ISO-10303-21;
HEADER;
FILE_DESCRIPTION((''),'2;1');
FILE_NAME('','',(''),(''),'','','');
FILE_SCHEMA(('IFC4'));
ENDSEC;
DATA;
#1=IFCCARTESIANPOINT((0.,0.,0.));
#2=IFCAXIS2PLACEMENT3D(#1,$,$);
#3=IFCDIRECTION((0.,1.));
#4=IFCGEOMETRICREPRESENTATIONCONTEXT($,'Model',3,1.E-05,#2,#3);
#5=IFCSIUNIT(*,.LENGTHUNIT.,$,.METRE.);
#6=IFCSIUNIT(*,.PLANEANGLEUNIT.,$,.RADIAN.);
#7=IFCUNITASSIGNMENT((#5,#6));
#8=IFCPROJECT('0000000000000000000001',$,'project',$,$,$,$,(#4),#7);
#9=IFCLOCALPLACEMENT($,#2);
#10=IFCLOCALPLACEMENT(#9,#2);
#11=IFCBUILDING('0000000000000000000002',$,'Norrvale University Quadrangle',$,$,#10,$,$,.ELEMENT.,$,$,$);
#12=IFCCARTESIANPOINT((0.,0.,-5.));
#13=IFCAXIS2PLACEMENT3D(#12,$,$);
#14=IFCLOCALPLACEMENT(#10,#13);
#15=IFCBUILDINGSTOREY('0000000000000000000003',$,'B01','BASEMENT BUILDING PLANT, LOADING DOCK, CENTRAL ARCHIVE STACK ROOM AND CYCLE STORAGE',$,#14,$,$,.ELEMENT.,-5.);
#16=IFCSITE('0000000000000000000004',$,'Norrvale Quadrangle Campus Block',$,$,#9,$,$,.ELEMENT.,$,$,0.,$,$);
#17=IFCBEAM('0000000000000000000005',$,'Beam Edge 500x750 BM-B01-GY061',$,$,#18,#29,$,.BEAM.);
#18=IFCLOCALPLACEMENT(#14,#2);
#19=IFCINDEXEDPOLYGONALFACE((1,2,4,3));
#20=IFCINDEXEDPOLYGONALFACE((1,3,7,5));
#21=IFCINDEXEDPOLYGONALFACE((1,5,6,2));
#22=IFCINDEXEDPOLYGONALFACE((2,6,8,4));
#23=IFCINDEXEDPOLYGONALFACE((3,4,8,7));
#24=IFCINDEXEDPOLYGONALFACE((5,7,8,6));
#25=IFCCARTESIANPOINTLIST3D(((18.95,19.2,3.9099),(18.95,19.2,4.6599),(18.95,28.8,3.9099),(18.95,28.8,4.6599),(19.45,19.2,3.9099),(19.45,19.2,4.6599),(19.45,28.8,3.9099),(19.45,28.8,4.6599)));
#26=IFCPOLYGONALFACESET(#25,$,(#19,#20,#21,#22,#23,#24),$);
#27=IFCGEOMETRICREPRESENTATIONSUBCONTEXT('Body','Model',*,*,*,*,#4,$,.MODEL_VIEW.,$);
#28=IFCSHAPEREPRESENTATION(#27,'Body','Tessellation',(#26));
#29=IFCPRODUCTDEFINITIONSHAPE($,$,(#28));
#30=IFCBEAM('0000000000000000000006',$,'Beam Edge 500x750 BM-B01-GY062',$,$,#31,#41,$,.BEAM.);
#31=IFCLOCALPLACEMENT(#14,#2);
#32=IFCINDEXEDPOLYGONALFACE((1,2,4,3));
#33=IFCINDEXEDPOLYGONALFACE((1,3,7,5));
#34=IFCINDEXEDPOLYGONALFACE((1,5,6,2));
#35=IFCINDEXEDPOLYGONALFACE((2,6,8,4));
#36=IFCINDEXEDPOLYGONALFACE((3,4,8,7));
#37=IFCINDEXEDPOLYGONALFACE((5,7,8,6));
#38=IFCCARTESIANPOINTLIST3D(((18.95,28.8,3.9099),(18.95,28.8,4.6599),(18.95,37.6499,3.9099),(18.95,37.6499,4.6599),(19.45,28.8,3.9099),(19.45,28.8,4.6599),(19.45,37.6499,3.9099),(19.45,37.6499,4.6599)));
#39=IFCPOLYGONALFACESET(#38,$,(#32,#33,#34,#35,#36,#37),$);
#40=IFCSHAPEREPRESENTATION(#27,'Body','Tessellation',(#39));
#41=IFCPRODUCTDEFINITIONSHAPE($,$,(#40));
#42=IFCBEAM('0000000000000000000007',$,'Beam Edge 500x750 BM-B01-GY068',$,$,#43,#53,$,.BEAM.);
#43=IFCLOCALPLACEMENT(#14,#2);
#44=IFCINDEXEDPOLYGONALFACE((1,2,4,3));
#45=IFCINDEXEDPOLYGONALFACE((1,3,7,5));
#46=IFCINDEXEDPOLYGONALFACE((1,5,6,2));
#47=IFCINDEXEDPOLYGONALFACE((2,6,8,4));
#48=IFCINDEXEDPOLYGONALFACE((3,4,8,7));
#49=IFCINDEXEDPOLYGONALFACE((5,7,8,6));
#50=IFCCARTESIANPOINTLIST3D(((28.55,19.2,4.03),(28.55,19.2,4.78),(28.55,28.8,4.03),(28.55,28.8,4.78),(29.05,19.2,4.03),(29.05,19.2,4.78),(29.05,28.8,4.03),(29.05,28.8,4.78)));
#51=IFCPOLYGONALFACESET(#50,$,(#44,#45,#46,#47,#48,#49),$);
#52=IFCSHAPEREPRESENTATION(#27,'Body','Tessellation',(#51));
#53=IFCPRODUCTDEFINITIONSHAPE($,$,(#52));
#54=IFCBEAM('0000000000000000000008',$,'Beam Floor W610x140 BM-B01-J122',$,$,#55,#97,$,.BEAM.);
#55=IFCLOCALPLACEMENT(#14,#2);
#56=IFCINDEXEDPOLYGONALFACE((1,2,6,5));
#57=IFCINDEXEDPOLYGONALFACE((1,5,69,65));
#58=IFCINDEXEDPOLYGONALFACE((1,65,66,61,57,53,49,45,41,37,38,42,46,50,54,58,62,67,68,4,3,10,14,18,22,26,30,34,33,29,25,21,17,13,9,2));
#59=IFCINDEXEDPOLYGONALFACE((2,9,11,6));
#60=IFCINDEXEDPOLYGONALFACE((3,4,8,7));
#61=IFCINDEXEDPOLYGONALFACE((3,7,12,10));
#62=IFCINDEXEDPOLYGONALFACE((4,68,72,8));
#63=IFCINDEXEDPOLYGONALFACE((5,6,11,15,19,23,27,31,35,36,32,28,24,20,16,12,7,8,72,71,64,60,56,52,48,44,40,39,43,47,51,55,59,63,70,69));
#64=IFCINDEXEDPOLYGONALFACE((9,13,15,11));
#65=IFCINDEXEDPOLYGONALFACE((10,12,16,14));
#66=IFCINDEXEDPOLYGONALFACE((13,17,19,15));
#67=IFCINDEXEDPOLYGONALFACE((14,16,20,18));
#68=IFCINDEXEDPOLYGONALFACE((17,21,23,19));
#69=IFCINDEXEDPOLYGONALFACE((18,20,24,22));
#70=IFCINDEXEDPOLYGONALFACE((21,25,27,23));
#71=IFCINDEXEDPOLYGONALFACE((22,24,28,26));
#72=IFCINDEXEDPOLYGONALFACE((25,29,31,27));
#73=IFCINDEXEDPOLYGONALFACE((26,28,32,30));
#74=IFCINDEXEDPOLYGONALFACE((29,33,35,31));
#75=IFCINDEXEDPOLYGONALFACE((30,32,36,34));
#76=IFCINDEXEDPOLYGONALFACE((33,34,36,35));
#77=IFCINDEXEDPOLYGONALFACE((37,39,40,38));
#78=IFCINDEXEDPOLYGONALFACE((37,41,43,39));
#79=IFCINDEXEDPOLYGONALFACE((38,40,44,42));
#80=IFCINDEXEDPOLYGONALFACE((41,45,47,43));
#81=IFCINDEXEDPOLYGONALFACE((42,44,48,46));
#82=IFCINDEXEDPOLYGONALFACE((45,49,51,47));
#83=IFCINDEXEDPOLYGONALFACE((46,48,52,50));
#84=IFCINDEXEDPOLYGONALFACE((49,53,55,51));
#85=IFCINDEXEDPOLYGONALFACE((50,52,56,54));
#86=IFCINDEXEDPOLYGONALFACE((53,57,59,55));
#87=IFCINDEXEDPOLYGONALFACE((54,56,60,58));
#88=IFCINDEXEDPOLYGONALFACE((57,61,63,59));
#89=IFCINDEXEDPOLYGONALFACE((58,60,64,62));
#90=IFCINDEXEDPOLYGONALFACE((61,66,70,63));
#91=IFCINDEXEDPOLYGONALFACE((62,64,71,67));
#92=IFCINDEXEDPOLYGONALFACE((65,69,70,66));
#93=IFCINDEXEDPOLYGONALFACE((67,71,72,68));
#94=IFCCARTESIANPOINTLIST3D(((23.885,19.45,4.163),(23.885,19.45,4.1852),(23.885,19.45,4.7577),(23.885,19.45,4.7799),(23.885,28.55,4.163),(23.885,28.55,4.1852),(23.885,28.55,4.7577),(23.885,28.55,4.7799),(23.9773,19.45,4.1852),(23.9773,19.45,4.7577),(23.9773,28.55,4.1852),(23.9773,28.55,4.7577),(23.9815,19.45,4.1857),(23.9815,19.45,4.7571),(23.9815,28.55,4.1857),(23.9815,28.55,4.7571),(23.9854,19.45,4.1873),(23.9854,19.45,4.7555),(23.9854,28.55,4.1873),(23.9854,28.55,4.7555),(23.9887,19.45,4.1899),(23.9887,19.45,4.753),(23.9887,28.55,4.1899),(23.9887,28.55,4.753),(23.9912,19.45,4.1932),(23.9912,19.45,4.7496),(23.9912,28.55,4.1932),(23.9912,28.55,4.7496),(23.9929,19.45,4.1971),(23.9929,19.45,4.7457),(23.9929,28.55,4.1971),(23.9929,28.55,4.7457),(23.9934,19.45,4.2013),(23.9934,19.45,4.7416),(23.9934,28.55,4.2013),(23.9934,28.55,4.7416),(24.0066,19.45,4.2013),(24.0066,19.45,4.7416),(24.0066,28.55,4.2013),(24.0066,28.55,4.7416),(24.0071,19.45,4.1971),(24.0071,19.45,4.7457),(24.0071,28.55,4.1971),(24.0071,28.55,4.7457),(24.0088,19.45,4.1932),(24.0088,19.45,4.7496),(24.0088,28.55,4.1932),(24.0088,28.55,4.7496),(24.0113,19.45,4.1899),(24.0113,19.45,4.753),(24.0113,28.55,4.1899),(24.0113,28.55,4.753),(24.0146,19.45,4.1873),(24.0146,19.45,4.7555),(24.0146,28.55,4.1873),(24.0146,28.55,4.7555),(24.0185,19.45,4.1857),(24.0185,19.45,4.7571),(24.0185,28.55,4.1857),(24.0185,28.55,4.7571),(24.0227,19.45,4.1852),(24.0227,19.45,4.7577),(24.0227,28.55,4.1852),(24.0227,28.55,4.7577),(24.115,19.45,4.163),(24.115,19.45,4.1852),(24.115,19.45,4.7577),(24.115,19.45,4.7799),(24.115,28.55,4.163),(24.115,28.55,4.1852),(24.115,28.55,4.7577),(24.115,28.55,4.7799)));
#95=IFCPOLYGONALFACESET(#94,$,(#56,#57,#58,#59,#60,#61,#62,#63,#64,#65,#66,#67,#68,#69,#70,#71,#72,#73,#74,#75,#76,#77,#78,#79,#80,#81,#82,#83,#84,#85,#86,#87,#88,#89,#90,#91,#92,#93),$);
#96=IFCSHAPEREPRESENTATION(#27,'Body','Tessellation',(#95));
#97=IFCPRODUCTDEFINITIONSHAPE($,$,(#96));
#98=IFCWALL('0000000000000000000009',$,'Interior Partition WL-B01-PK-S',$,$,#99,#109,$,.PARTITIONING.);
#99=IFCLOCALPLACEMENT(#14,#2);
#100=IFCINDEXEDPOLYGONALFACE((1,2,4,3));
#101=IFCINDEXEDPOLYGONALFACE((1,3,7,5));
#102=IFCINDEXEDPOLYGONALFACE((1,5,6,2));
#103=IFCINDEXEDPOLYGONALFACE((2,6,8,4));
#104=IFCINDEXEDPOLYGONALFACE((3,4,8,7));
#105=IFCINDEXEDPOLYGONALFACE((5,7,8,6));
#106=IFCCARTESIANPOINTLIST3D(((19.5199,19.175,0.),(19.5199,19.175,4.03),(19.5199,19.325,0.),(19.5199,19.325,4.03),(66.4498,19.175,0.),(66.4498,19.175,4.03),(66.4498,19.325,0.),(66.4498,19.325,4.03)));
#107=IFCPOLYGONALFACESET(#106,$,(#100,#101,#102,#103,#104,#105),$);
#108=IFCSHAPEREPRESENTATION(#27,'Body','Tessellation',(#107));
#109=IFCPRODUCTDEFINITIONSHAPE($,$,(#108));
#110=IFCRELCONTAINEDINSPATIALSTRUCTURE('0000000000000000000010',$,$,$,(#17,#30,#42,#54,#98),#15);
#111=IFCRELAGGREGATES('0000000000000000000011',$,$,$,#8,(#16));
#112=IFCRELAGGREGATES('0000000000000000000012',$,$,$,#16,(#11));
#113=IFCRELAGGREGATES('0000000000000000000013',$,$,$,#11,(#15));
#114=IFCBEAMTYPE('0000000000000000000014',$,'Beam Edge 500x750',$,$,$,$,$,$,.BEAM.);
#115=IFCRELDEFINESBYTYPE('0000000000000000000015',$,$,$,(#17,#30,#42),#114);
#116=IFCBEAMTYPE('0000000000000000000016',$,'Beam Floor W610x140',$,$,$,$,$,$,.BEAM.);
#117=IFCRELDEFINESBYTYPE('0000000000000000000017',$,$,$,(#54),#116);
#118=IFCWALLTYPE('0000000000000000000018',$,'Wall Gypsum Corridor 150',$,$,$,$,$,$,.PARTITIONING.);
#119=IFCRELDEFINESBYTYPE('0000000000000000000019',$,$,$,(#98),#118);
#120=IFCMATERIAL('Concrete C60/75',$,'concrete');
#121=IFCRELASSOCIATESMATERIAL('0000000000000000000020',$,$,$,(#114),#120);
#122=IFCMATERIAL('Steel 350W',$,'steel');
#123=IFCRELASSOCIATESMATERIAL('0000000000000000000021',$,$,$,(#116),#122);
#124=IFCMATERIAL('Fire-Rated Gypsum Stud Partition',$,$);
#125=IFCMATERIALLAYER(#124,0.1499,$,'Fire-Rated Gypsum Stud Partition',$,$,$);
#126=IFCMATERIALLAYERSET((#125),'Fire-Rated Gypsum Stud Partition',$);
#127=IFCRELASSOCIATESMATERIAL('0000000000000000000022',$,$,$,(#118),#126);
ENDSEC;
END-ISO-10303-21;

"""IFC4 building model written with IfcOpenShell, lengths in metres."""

from ifc_helpers import new_model, si_unit, direction, frame, frame_2d, origin, origin_2d, place, context, subcontext, project, spatial, rectangle, i_section, extrude, material, layer, layer_set, material_profile, profile_set, type_object, element, save


model = new_model("IFC4")

# Units and contexts
model_context = context("Model", 3, precision=1e-05, world=origin(), true_north=direction((0.0, 1.0)))
body_context = subcontext(model_context, "Body", "Model", "MODEL_VIEW")
ifc_project = project(units=[si_unit("LENGTHUNIT", "METRE"), si_unit("PLANEANGLEUNIT", "RADIAN")], contexts=[model_context])

# Site, building, storey
site_placement = place(None, origin())
site = spatial("IfcSite", under=ifc_project, at=site_placement, Name="Norrvale Quadrangle Campus Block", CompositionType="ELEMENT", RefElevation=0.0)
building_placement = place(site_placement, origin())
building = spatial("IfcBuilding", under=site, at=building_placement, Name="Norrvale University Quadrangle", CompositionType="ELEMENT")
storey_placement = place(building_placement, frame((0.0, 0.0, -5.0)))
storey = spatial("IfcBuildingStorey", under=building, at=storey_placement, Name="B01", Description="BASEMENT BUILDING PLANT, LOADING DOCK, CENTRAL ARCHIVE STACK ROOM AND CYCLE STORAGE", CompositionType="ELEMENT", Elevation=-5.0)

# Beams
ifc_material_1 = material(Name="Concrete C60/75", Category="concrete")
ifc_material_profile_1 = material_profile(ifc_material_1, rectangle(XDim=0.5, YDim=0.75, at=origin_2d()), Name="Concrete C60/75")
ifc_profile_set_1 = profile_set([ifc_material_profile_1], Name="Concrete C60/75")
beam_type_1 = type_object("IfcBeamType", Name="Beam Edge 500x750", PredefinedType="BEAM", material=ifc_profile_set_1)
for number, where, z_axis, x_axis, name in (
    (1, (19.2, 19.2, 4.2849), (0.0, 1.0, 0.0), (-1.0, 0.0, 0.0), "Beam Edge 500x750 BM-B01-GY061"),
):
    element("IfcBeam", number, at=place(storey_placement, frame(where, z_axis=z_axis, x_axis=x_axis)), inside=storey, type_object=beam_type_1, Name=name, PredefinedType="BEAM", context=body_context, shape_type="SweptSolid", body=[
        extrude(rectangle(XDim=0.5, YDim=0.75, at=origin_2d()), origin(), (0.0, 0.0, 1.0), 9.6001),
    ])
beam_1_placement = place(storey_placement, frame((19.2, 28.8, 4.2849), z_axis=(0.0, 1.0, 0.0), x_axis=(-1.0, 0.0, 0.0)))
element("IfcBeam", 2, at=beam_1_placement, inside=storey, type_object=beam_type_1, Name="Beam Edge 500x750 BM-B01-GY062", PredefinedType="BEAM", context=body_context, shape_type="SweptSolid", body=[
    extrude(rectangle(XDim=0.5, YDim=0.75, at=origin_2d()), origin(), (0.0, 0.0, 1.0), 8.8499),
])
beam_2_placement = place(storey_placement, frame((28.8, 19.2, 4.405), z_axis=(0.0, 1.0, 0.0), x_axis=(-1.0, 0.0, 0.0)))
element("IfcBeam", 3, at=beam_2_placement, inside=storey, type_object=beam_type_1, Name="Beam Edge 500x750 BM-B01-GY068", PredefinedType="BEAM", context=body_context, shape_type="SweptSolid", body=[
    extrude(rectangle(XDim=0.5, YDim=0.75, at=origin_2d()), origin(), (0.0, 0.0, 1.0), 9.6001),
])
ifc_material_2 = material(Name="Steel 350W", Category="steel")
ifc_material_profile_2 = material_profile(ifc_material_2, i_section(OverallWidth=0.23, OverallDepth=0.6169, WebThickness=0.0132, FlangeThickness=0.0222, FilletRadius=0.0161, at=origin_2d()), Name="Steel 350W")
ifc_profile_set_2 = profile_set([ifc_material_profile_2], Name="Steel 350W")
beam_type_2 = type_object("IfcBeamType", Name="Beam Floor W610x140", PredefinedType="BEAM", material=ifc_profile_set_2)
beam_3_placement = place(storey_placement, frame((24.0, 19.45, 4.4714), z_axis=(0.0, 1.0, 0.0), x_axis=(-1.0, 0.0, 0.0)))
element("IfcBeam", 4, at=beam_3_placement, inside=storey, type_object=beam_type_2, Name="Beam Floor W610x140 BM-B01-J122", PredefinedType="BEAM", context=body_context, shape_type="SweptSolid", body=[
    extrude(i_section(OverallWidth=0.23, OverallDepth=0.6169, WebThickness=0.0132, FlangeThickness=0.0222, FilletRadius=0.0161, at=origin_2d()), origin(), (0.0, 0.0, 1.0), 9.1001),
])

# Wall
ifc_material_3 = material(Name="Fire-Rated Gypsum Stud Partition")
ifc_layer = layer(ifc_material_3, 0.1499, Name="Fire-Rated Gypsum Stud Partition")
ifc_layer_set = layer_set([ifc_layer], Name="Fire-Rated Gypsum Stud Partition")
wall_type = type_object("IfcWallType", Name="Wall Gypsum Corridor 150", PredefinedType="PARTITIONING", material=ifc_layer_set)
wall_placement = place(storey_placement, frame((19.52, 19.25, 0.0), z_axis=(0.0, 0.0, 1.0), x_axis=(1.0, 0.0, 0.0)))
element("IfcWall", 5, at=wall_placement, inside=storey, type_object=wall_type, Name="Interior Partition WL-B01-PK-S", PredefinedType="PARTITIONING", context=body_context, shape_type="SweptSolid", body=[
    extrude(rectangle(XDim=46.9299, YDim=0.1499, at=frame_2d((23.4648, 0.0))), origin(), (0.0, 0.0, 1.0), 4.03),
])

save(model, "model.ifc")
